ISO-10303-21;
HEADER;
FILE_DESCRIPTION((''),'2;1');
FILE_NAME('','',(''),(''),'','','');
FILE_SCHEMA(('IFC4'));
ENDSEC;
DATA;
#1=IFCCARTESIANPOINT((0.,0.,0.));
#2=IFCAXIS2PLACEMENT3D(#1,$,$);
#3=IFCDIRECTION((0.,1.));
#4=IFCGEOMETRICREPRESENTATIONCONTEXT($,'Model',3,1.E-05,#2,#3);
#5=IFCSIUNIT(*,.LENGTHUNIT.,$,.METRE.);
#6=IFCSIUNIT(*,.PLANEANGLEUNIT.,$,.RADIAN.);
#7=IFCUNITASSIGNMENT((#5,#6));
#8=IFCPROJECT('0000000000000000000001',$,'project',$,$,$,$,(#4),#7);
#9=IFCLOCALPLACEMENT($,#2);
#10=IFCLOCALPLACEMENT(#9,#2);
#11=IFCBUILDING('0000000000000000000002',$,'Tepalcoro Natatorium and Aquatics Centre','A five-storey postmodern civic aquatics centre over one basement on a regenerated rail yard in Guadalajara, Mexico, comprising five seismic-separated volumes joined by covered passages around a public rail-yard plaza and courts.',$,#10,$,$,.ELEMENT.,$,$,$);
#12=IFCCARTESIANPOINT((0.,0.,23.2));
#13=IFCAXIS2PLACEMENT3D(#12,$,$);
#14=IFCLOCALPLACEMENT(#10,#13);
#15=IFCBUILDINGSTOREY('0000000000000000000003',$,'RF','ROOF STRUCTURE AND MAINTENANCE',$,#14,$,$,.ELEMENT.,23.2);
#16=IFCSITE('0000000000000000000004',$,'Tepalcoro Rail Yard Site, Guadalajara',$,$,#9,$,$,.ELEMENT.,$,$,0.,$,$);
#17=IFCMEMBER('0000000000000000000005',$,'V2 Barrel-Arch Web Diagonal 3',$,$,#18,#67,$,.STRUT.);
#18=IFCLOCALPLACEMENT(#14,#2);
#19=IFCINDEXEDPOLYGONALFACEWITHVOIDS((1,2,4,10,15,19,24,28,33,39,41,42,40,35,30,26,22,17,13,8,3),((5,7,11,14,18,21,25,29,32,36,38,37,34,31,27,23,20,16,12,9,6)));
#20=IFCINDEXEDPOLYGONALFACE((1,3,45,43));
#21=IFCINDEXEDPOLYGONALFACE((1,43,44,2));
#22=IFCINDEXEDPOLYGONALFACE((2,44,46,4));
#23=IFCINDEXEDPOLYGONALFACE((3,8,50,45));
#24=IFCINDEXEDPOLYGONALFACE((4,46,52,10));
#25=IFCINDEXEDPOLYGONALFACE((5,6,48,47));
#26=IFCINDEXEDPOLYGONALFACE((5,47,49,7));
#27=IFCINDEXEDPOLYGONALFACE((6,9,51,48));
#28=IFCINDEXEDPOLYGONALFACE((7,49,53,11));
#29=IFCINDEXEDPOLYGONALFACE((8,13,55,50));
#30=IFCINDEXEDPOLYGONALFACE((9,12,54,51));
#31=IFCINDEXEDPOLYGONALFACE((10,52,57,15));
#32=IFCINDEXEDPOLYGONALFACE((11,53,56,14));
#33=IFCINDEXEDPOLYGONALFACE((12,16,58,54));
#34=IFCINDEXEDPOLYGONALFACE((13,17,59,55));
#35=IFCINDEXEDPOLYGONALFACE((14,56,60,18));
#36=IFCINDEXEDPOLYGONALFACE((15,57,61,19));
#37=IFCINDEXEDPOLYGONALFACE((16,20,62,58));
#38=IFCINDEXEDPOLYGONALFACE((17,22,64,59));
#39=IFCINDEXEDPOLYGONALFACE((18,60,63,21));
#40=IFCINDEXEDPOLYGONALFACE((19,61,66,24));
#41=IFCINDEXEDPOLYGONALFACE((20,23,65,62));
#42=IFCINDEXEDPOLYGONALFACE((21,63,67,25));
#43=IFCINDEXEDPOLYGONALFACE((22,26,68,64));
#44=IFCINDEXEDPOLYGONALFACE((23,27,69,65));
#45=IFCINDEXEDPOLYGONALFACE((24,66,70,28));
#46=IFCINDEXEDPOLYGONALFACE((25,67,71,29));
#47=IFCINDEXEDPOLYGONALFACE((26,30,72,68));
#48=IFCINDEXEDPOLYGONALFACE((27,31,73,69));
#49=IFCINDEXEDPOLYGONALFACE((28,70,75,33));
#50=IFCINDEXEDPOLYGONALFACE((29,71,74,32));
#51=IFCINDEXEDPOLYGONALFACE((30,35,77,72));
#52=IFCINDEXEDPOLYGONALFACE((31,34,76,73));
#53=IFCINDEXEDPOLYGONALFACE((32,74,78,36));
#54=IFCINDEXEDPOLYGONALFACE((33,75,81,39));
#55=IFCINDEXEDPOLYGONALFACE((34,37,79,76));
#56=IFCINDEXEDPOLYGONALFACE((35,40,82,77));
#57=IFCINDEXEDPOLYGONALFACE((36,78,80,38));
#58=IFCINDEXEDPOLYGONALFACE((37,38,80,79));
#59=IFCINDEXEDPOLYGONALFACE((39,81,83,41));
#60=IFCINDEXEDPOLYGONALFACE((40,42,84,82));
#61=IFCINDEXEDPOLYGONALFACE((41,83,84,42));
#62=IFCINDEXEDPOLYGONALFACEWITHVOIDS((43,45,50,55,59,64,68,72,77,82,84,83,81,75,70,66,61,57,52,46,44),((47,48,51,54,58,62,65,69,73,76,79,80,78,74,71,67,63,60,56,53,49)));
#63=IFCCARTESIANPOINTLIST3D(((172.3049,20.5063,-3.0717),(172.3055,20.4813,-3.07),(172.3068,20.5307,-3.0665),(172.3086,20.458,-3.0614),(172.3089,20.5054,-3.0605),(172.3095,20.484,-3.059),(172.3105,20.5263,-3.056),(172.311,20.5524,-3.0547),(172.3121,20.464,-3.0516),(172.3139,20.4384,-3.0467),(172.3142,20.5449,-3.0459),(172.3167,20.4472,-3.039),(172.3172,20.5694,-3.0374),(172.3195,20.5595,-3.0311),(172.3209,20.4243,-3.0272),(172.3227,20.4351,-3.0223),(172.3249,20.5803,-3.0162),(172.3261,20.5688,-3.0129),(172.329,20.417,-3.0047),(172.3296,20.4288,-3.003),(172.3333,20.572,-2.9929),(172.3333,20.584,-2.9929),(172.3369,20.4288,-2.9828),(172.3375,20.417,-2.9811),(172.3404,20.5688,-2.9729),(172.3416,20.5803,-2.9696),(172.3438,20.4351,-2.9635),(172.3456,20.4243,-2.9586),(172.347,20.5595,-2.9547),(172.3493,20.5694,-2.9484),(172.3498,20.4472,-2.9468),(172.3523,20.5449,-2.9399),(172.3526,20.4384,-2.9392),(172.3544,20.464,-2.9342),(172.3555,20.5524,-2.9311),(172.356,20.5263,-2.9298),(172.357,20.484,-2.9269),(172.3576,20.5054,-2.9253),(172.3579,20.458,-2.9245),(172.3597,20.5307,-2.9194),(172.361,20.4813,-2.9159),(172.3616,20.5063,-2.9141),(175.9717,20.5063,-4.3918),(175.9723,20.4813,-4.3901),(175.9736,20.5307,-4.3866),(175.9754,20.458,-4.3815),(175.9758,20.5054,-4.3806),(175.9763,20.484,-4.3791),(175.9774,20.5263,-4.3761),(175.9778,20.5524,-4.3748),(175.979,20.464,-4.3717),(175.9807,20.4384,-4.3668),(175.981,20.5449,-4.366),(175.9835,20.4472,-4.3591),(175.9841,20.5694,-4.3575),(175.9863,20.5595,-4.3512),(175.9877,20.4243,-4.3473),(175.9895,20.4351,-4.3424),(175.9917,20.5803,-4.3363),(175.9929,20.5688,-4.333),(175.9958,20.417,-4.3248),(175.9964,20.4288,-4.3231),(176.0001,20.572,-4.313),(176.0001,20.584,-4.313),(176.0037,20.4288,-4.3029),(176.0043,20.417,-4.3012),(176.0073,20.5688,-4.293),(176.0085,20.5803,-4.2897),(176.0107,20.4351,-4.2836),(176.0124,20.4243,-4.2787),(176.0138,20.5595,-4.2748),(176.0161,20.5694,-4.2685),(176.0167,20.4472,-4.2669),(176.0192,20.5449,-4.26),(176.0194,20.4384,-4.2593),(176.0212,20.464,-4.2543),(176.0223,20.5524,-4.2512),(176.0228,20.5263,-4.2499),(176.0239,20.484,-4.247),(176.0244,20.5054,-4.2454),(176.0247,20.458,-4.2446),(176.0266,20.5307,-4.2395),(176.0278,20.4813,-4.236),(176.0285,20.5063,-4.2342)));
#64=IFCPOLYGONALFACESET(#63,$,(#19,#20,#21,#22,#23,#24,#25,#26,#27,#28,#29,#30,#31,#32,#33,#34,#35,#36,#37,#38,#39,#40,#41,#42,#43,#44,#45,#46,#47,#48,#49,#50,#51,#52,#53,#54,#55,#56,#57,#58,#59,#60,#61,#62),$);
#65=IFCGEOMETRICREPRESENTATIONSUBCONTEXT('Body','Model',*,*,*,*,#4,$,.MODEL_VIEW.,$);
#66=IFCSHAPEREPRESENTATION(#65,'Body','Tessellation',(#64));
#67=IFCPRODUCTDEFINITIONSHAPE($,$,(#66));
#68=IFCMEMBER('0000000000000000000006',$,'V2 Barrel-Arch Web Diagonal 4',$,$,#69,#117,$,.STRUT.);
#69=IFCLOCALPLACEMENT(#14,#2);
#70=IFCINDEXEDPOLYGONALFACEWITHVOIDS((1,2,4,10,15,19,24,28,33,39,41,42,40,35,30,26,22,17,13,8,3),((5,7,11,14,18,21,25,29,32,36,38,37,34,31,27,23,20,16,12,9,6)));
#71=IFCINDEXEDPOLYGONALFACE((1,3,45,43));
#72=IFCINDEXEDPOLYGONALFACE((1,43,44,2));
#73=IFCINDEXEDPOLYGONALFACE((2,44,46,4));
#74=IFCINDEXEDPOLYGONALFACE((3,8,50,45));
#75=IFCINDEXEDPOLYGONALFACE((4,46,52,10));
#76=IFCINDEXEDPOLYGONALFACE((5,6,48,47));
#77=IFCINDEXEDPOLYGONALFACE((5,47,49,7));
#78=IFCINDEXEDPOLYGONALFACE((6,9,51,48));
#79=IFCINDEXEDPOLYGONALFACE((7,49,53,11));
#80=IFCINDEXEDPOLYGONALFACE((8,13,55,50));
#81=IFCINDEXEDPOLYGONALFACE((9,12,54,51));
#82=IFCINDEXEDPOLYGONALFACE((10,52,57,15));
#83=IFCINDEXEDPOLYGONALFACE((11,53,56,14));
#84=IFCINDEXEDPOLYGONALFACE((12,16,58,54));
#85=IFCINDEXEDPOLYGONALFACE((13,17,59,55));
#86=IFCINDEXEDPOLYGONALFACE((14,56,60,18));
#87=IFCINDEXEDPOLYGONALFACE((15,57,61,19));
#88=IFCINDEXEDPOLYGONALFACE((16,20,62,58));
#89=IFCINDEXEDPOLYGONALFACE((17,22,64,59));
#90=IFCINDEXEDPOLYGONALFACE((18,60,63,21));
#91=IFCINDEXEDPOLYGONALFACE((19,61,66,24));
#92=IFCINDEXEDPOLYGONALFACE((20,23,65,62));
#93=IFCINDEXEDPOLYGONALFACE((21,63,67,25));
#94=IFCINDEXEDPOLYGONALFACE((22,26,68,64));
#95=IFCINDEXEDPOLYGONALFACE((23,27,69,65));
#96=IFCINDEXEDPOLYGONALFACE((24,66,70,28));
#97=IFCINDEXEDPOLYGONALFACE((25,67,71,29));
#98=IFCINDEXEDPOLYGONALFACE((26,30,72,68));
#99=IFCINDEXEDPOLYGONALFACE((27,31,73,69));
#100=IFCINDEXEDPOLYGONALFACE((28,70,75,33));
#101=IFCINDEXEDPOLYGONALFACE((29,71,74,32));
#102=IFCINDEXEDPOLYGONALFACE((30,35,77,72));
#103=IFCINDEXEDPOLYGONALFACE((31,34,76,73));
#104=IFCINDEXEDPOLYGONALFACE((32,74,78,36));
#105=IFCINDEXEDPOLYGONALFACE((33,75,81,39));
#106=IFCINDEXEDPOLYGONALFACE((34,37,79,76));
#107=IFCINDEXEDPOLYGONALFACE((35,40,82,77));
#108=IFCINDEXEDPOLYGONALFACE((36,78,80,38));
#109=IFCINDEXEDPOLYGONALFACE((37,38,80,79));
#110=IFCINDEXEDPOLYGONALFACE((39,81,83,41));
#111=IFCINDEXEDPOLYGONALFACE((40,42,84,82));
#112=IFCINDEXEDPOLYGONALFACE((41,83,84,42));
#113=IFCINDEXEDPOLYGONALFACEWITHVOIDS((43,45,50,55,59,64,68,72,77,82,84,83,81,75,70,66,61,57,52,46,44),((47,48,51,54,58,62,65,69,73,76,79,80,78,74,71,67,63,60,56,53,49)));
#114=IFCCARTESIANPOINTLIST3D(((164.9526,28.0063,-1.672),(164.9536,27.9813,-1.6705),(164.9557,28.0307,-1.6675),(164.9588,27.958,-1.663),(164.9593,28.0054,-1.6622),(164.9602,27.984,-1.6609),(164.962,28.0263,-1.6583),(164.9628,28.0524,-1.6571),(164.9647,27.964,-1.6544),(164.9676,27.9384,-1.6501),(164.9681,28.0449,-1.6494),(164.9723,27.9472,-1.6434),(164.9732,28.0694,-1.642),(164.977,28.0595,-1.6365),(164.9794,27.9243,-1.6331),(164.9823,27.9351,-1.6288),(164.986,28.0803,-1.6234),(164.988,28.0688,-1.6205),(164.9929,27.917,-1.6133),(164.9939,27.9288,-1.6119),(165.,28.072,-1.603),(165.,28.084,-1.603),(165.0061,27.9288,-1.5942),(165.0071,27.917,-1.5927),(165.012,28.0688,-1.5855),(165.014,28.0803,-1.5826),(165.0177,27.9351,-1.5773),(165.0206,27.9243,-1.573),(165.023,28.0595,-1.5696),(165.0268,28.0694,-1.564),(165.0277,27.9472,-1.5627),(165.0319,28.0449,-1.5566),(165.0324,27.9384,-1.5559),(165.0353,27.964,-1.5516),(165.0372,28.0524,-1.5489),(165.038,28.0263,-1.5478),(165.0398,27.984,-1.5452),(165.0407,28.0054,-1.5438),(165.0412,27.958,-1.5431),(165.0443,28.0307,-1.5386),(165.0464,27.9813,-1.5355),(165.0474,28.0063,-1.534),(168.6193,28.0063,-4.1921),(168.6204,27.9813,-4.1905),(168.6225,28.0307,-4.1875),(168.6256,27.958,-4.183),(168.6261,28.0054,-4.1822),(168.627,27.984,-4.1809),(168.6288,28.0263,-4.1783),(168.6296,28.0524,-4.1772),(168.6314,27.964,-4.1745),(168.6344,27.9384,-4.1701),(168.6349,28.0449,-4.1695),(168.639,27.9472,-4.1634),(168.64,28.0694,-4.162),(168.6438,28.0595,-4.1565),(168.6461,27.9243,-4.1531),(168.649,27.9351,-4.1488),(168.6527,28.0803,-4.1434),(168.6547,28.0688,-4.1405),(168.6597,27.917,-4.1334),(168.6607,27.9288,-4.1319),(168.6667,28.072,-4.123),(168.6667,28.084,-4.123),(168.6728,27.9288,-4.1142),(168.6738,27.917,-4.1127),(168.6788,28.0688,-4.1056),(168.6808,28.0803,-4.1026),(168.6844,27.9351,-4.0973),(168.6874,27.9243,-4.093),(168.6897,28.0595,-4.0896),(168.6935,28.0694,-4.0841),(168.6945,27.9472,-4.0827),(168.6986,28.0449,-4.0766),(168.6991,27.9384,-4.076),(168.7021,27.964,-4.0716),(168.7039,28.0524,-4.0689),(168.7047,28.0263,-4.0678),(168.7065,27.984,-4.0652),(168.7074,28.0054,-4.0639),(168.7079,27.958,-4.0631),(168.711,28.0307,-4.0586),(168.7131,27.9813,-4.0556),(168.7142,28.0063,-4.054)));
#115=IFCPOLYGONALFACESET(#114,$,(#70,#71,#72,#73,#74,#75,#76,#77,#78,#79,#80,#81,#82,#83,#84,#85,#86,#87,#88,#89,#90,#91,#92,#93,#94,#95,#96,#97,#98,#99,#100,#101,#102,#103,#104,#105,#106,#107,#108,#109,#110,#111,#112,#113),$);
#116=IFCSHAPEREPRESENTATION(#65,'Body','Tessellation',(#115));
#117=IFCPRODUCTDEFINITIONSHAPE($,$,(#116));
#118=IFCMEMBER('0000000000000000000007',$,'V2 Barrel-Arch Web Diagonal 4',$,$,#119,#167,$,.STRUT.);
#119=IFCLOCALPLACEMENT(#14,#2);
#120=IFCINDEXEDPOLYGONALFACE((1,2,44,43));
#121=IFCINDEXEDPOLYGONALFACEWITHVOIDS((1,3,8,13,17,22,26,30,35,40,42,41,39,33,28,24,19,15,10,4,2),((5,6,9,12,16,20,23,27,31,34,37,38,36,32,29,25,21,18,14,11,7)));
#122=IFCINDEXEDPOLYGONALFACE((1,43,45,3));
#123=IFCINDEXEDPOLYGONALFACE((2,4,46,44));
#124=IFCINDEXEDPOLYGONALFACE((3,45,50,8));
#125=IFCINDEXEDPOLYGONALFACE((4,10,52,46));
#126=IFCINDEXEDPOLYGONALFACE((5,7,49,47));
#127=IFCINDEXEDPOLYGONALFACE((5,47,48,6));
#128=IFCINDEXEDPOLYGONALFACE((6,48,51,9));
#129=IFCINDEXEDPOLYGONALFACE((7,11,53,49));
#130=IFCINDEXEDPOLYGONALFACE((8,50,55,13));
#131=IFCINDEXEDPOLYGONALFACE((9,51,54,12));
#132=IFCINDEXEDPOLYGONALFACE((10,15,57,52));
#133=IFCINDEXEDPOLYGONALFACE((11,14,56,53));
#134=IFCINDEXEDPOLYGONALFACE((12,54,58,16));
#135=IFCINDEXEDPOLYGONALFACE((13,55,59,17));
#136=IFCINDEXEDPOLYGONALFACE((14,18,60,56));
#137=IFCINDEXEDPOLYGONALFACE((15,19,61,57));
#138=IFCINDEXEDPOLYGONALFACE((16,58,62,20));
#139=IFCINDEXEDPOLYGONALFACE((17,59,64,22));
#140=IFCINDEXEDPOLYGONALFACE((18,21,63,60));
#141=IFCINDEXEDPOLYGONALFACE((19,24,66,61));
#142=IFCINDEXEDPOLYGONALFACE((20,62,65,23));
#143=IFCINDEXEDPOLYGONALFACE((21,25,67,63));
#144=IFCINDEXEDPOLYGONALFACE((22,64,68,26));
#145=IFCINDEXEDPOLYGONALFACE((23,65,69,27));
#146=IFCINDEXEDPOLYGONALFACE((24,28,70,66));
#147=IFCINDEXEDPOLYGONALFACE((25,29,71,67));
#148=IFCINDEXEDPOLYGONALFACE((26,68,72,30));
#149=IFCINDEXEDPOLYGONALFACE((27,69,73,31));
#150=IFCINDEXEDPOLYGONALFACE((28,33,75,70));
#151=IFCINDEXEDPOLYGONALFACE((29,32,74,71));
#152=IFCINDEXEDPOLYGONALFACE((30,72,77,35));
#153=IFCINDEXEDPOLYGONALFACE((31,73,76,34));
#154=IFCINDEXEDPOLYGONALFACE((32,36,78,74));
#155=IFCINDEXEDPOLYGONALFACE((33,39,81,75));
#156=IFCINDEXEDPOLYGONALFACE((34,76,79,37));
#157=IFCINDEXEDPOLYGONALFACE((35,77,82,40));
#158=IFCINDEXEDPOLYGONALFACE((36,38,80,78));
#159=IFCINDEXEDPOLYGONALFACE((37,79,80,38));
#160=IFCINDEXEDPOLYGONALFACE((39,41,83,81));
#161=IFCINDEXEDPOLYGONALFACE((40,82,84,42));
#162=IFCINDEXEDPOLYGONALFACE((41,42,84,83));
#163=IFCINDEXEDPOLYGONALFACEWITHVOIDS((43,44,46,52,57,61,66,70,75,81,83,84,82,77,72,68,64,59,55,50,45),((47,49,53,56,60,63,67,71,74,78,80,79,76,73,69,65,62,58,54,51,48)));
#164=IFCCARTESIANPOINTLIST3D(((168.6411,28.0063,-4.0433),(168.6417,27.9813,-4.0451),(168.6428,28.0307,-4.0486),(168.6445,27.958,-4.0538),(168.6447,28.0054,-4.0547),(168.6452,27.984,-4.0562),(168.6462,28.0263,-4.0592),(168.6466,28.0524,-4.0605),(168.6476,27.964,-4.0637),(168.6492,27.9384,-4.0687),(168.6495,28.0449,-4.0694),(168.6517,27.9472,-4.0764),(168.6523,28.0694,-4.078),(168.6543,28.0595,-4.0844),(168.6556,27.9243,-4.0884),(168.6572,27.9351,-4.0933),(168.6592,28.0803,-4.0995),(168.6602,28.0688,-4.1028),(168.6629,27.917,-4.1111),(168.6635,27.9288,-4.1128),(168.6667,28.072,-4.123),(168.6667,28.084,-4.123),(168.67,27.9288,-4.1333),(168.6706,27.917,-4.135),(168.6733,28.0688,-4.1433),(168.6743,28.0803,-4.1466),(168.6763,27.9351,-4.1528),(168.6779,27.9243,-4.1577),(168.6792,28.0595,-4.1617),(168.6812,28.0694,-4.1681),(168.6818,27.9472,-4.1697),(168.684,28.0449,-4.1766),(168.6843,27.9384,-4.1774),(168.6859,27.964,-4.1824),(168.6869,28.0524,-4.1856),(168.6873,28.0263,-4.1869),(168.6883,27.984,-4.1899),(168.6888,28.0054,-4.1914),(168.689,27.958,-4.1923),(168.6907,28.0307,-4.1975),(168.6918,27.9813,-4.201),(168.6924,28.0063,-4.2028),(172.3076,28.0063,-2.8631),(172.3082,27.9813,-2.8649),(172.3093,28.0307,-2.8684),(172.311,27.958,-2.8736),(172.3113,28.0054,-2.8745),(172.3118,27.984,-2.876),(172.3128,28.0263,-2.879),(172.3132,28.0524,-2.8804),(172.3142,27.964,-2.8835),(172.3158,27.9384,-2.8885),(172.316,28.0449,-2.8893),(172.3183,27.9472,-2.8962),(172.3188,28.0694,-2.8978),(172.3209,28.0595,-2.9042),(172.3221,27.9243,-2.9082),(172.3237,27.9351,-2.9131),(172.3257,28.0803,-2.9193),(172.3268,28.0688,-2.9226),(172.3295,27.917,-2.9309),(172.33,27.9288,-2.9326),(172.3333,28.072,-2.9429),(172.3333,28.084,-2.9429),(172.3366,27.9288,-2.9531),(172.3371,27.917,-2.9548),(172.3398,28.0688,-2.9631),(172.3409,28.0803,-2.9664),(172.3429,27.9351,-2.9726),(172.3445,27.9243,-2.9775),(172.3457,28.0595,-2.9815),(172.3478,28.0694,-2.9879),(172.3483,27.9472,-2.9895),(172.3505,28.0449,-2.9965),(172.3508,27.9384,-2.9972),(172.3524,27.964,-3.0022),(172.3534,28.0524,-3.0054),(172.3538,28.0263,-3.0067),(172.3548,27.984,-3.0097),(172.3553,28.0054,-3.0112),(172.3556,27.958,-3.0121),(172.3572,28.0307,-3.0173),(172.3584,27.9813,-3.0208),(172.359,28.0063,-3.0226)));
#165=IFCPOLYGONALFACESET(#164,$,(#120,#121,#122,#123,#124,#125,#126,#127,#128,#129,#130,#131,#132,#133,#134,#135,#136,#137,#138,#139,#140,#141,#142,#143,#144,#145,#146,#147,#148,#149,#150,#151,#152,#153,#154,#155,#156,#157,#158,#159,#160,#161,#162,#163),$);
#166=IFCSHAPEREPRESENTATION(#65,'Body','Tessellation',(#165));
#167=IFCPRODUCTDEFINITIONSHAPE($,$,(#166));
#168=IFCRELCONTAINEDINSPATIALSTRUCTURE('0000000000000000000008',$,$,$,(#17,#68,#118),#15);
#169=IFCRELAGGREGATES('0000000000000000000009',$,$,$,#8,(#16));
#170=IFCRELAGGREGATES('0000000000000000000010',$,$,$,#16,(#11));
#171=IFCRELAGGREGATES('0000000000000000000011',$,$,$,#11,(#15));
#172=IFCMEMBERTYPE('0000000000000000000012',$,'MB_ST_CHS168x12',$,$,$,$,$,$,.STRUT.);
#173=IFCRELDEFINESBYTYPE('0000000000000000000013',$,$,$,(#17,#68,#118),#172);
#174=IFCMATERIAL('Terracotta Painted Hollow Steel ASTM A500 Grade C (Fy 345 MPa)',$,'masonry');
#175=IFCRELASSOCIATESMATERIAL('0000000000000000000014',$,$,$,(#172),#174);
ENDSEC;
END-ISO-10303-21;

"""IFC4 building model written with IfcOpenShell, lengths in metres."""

from ifc_helpers import new_model, si_unit, direction, frame, origin, origin_2d, place, context, subcontext, project, spatial, hollow_circle, extrude, material, material_profile, profile_set, type_object, element, save


model = new_model("IFC4")

# Units and contexts
model_context = context("Model", 3, precision=1e-05, world=origin(), true_north=direction((0.0, 1.0)))
body_context = subcontext(model_context, "Body", "Model", "MODEL_VIEW")
ifc_project = project(units=[si_unit("LENGTHUNIT", "METRE"), si_unit("PLANEANGLEUNIT", "RADIAN")], contexts=[model_context])

# Site, building, storey
site_placement = place(None, origin())
site = spatial("IfcSite", under=ifc_project, at=site_placement, Name="Tepalcoro Rail Yard Site, Guadalajara", CompositionType="ELEMENT", RefElevation=0.0)
building_placement = place(site_placement, origin())
building = spatial("IfcBuilding", under=site, at=building_placement, Name="Tepalcoro Natatorium and Aquatics Centre", Description="A five-storey postmodern civic aquatics centre over one basement on a regenerated rail yard in Guadalajara, Mexico, comprising five seismic-separated volumes joined by covered passages around a public rail-yard plaza and courts.", CompositionType="ELEMENT")
storey_placement = place(building_placement, frame((0.0, 0.0, 23.2)))
storey = spatial("IfcBuildingStorey", under=building, at=storey_placement, Name="RF", Description="ROOF STRUCTURE AND MAINTENANCE", CompositionType="ELEMENT", Elevation=23.2)

# Shared definitions
ifc_material_1 = material(Name="Terracotta Painted Hollow Steel ASTM A500 Grade C (Fy 345 MPa)", Category="masonry")

# Members
ifc_material_profile_1 = material_profile(ifc_material_1, hollow_circle(Radius=0.084, WallThickness=0.012, at=origin_2d()), Name="CHS168X12")
ifc_profile_set_1 = profile_set([ifc_material_profile_1], Name="Terracotta Painted Hollow Steel ASTM A500 Grade C (Fy 345 MPa)")
member_type_1 = type_object("IfcMemberType", Name="MB_ST_CHS168x12", PredefinedType="STRUT", material=ifc_profile_set_1)
member_1_placement = place(storey_placement, frame((172.3333, 20.5, -2.9929), z_axis=(0.940884, 0.0, -0.338728), x_axis=(0.0, 1.0, 0.0)))
element("IfcMember", 1, at=member_1_placement, inside=storey, type_object=member_type_1, Name="V2 Barrel-Arch Web Diagonal 3", PredefinedType="STRUT", context=body_context, shape_type="SweptSolid", body=[
    extrude(hollow_circle(Radius=0.084, WallThickness=0.012, at=origin_2d()), origin(), (0.0, 0.0, 1.0), 3.8972),
])
member_2_placement = place(storey_placement, frame((165.0, 28.0, -1.603), z_axis=(0.824133, 0.0, -0.566396), x_axis=(0.0, 1.0, 0.0)))
element("IfcMember", 2, at=member_2_placement, inside=storey, type_object=member_type_1, Name="V2 Barrel-Arch Web Diagonal 4", PredefinedType="STRUT", context=body_context, shape_type="SweptSolid", body=[
    extrude(hollow_circle(Radius=0.084, WallThickness=0.012, at=origin_2d()), origin(), (0.0, 0.0, 1.0), 4.4492),
])
member_3_placement = place(storey_placement, frame((168.6667, 28.0, -4.123), z_axis=(0.951903, 0.0, 0.306399), x_axis=(0.0, 1.0, 0.0)))
element("IfcMember", 3, at=member_3_placement, inside=storey, type_object=member_type_1, Name="V2 Barrel-Arch Web Diagonal 4", PredefinedType="STRUT", context=body_context, shape_type="SweptSolid", body=[
    extrude(hollow_circle(Radius=0.084, WallThickness=0.012, at=origin_2d()), origin(), (0.0, 0.0, 1.0), 3.8518),
])

save(model, "model.ifc")
